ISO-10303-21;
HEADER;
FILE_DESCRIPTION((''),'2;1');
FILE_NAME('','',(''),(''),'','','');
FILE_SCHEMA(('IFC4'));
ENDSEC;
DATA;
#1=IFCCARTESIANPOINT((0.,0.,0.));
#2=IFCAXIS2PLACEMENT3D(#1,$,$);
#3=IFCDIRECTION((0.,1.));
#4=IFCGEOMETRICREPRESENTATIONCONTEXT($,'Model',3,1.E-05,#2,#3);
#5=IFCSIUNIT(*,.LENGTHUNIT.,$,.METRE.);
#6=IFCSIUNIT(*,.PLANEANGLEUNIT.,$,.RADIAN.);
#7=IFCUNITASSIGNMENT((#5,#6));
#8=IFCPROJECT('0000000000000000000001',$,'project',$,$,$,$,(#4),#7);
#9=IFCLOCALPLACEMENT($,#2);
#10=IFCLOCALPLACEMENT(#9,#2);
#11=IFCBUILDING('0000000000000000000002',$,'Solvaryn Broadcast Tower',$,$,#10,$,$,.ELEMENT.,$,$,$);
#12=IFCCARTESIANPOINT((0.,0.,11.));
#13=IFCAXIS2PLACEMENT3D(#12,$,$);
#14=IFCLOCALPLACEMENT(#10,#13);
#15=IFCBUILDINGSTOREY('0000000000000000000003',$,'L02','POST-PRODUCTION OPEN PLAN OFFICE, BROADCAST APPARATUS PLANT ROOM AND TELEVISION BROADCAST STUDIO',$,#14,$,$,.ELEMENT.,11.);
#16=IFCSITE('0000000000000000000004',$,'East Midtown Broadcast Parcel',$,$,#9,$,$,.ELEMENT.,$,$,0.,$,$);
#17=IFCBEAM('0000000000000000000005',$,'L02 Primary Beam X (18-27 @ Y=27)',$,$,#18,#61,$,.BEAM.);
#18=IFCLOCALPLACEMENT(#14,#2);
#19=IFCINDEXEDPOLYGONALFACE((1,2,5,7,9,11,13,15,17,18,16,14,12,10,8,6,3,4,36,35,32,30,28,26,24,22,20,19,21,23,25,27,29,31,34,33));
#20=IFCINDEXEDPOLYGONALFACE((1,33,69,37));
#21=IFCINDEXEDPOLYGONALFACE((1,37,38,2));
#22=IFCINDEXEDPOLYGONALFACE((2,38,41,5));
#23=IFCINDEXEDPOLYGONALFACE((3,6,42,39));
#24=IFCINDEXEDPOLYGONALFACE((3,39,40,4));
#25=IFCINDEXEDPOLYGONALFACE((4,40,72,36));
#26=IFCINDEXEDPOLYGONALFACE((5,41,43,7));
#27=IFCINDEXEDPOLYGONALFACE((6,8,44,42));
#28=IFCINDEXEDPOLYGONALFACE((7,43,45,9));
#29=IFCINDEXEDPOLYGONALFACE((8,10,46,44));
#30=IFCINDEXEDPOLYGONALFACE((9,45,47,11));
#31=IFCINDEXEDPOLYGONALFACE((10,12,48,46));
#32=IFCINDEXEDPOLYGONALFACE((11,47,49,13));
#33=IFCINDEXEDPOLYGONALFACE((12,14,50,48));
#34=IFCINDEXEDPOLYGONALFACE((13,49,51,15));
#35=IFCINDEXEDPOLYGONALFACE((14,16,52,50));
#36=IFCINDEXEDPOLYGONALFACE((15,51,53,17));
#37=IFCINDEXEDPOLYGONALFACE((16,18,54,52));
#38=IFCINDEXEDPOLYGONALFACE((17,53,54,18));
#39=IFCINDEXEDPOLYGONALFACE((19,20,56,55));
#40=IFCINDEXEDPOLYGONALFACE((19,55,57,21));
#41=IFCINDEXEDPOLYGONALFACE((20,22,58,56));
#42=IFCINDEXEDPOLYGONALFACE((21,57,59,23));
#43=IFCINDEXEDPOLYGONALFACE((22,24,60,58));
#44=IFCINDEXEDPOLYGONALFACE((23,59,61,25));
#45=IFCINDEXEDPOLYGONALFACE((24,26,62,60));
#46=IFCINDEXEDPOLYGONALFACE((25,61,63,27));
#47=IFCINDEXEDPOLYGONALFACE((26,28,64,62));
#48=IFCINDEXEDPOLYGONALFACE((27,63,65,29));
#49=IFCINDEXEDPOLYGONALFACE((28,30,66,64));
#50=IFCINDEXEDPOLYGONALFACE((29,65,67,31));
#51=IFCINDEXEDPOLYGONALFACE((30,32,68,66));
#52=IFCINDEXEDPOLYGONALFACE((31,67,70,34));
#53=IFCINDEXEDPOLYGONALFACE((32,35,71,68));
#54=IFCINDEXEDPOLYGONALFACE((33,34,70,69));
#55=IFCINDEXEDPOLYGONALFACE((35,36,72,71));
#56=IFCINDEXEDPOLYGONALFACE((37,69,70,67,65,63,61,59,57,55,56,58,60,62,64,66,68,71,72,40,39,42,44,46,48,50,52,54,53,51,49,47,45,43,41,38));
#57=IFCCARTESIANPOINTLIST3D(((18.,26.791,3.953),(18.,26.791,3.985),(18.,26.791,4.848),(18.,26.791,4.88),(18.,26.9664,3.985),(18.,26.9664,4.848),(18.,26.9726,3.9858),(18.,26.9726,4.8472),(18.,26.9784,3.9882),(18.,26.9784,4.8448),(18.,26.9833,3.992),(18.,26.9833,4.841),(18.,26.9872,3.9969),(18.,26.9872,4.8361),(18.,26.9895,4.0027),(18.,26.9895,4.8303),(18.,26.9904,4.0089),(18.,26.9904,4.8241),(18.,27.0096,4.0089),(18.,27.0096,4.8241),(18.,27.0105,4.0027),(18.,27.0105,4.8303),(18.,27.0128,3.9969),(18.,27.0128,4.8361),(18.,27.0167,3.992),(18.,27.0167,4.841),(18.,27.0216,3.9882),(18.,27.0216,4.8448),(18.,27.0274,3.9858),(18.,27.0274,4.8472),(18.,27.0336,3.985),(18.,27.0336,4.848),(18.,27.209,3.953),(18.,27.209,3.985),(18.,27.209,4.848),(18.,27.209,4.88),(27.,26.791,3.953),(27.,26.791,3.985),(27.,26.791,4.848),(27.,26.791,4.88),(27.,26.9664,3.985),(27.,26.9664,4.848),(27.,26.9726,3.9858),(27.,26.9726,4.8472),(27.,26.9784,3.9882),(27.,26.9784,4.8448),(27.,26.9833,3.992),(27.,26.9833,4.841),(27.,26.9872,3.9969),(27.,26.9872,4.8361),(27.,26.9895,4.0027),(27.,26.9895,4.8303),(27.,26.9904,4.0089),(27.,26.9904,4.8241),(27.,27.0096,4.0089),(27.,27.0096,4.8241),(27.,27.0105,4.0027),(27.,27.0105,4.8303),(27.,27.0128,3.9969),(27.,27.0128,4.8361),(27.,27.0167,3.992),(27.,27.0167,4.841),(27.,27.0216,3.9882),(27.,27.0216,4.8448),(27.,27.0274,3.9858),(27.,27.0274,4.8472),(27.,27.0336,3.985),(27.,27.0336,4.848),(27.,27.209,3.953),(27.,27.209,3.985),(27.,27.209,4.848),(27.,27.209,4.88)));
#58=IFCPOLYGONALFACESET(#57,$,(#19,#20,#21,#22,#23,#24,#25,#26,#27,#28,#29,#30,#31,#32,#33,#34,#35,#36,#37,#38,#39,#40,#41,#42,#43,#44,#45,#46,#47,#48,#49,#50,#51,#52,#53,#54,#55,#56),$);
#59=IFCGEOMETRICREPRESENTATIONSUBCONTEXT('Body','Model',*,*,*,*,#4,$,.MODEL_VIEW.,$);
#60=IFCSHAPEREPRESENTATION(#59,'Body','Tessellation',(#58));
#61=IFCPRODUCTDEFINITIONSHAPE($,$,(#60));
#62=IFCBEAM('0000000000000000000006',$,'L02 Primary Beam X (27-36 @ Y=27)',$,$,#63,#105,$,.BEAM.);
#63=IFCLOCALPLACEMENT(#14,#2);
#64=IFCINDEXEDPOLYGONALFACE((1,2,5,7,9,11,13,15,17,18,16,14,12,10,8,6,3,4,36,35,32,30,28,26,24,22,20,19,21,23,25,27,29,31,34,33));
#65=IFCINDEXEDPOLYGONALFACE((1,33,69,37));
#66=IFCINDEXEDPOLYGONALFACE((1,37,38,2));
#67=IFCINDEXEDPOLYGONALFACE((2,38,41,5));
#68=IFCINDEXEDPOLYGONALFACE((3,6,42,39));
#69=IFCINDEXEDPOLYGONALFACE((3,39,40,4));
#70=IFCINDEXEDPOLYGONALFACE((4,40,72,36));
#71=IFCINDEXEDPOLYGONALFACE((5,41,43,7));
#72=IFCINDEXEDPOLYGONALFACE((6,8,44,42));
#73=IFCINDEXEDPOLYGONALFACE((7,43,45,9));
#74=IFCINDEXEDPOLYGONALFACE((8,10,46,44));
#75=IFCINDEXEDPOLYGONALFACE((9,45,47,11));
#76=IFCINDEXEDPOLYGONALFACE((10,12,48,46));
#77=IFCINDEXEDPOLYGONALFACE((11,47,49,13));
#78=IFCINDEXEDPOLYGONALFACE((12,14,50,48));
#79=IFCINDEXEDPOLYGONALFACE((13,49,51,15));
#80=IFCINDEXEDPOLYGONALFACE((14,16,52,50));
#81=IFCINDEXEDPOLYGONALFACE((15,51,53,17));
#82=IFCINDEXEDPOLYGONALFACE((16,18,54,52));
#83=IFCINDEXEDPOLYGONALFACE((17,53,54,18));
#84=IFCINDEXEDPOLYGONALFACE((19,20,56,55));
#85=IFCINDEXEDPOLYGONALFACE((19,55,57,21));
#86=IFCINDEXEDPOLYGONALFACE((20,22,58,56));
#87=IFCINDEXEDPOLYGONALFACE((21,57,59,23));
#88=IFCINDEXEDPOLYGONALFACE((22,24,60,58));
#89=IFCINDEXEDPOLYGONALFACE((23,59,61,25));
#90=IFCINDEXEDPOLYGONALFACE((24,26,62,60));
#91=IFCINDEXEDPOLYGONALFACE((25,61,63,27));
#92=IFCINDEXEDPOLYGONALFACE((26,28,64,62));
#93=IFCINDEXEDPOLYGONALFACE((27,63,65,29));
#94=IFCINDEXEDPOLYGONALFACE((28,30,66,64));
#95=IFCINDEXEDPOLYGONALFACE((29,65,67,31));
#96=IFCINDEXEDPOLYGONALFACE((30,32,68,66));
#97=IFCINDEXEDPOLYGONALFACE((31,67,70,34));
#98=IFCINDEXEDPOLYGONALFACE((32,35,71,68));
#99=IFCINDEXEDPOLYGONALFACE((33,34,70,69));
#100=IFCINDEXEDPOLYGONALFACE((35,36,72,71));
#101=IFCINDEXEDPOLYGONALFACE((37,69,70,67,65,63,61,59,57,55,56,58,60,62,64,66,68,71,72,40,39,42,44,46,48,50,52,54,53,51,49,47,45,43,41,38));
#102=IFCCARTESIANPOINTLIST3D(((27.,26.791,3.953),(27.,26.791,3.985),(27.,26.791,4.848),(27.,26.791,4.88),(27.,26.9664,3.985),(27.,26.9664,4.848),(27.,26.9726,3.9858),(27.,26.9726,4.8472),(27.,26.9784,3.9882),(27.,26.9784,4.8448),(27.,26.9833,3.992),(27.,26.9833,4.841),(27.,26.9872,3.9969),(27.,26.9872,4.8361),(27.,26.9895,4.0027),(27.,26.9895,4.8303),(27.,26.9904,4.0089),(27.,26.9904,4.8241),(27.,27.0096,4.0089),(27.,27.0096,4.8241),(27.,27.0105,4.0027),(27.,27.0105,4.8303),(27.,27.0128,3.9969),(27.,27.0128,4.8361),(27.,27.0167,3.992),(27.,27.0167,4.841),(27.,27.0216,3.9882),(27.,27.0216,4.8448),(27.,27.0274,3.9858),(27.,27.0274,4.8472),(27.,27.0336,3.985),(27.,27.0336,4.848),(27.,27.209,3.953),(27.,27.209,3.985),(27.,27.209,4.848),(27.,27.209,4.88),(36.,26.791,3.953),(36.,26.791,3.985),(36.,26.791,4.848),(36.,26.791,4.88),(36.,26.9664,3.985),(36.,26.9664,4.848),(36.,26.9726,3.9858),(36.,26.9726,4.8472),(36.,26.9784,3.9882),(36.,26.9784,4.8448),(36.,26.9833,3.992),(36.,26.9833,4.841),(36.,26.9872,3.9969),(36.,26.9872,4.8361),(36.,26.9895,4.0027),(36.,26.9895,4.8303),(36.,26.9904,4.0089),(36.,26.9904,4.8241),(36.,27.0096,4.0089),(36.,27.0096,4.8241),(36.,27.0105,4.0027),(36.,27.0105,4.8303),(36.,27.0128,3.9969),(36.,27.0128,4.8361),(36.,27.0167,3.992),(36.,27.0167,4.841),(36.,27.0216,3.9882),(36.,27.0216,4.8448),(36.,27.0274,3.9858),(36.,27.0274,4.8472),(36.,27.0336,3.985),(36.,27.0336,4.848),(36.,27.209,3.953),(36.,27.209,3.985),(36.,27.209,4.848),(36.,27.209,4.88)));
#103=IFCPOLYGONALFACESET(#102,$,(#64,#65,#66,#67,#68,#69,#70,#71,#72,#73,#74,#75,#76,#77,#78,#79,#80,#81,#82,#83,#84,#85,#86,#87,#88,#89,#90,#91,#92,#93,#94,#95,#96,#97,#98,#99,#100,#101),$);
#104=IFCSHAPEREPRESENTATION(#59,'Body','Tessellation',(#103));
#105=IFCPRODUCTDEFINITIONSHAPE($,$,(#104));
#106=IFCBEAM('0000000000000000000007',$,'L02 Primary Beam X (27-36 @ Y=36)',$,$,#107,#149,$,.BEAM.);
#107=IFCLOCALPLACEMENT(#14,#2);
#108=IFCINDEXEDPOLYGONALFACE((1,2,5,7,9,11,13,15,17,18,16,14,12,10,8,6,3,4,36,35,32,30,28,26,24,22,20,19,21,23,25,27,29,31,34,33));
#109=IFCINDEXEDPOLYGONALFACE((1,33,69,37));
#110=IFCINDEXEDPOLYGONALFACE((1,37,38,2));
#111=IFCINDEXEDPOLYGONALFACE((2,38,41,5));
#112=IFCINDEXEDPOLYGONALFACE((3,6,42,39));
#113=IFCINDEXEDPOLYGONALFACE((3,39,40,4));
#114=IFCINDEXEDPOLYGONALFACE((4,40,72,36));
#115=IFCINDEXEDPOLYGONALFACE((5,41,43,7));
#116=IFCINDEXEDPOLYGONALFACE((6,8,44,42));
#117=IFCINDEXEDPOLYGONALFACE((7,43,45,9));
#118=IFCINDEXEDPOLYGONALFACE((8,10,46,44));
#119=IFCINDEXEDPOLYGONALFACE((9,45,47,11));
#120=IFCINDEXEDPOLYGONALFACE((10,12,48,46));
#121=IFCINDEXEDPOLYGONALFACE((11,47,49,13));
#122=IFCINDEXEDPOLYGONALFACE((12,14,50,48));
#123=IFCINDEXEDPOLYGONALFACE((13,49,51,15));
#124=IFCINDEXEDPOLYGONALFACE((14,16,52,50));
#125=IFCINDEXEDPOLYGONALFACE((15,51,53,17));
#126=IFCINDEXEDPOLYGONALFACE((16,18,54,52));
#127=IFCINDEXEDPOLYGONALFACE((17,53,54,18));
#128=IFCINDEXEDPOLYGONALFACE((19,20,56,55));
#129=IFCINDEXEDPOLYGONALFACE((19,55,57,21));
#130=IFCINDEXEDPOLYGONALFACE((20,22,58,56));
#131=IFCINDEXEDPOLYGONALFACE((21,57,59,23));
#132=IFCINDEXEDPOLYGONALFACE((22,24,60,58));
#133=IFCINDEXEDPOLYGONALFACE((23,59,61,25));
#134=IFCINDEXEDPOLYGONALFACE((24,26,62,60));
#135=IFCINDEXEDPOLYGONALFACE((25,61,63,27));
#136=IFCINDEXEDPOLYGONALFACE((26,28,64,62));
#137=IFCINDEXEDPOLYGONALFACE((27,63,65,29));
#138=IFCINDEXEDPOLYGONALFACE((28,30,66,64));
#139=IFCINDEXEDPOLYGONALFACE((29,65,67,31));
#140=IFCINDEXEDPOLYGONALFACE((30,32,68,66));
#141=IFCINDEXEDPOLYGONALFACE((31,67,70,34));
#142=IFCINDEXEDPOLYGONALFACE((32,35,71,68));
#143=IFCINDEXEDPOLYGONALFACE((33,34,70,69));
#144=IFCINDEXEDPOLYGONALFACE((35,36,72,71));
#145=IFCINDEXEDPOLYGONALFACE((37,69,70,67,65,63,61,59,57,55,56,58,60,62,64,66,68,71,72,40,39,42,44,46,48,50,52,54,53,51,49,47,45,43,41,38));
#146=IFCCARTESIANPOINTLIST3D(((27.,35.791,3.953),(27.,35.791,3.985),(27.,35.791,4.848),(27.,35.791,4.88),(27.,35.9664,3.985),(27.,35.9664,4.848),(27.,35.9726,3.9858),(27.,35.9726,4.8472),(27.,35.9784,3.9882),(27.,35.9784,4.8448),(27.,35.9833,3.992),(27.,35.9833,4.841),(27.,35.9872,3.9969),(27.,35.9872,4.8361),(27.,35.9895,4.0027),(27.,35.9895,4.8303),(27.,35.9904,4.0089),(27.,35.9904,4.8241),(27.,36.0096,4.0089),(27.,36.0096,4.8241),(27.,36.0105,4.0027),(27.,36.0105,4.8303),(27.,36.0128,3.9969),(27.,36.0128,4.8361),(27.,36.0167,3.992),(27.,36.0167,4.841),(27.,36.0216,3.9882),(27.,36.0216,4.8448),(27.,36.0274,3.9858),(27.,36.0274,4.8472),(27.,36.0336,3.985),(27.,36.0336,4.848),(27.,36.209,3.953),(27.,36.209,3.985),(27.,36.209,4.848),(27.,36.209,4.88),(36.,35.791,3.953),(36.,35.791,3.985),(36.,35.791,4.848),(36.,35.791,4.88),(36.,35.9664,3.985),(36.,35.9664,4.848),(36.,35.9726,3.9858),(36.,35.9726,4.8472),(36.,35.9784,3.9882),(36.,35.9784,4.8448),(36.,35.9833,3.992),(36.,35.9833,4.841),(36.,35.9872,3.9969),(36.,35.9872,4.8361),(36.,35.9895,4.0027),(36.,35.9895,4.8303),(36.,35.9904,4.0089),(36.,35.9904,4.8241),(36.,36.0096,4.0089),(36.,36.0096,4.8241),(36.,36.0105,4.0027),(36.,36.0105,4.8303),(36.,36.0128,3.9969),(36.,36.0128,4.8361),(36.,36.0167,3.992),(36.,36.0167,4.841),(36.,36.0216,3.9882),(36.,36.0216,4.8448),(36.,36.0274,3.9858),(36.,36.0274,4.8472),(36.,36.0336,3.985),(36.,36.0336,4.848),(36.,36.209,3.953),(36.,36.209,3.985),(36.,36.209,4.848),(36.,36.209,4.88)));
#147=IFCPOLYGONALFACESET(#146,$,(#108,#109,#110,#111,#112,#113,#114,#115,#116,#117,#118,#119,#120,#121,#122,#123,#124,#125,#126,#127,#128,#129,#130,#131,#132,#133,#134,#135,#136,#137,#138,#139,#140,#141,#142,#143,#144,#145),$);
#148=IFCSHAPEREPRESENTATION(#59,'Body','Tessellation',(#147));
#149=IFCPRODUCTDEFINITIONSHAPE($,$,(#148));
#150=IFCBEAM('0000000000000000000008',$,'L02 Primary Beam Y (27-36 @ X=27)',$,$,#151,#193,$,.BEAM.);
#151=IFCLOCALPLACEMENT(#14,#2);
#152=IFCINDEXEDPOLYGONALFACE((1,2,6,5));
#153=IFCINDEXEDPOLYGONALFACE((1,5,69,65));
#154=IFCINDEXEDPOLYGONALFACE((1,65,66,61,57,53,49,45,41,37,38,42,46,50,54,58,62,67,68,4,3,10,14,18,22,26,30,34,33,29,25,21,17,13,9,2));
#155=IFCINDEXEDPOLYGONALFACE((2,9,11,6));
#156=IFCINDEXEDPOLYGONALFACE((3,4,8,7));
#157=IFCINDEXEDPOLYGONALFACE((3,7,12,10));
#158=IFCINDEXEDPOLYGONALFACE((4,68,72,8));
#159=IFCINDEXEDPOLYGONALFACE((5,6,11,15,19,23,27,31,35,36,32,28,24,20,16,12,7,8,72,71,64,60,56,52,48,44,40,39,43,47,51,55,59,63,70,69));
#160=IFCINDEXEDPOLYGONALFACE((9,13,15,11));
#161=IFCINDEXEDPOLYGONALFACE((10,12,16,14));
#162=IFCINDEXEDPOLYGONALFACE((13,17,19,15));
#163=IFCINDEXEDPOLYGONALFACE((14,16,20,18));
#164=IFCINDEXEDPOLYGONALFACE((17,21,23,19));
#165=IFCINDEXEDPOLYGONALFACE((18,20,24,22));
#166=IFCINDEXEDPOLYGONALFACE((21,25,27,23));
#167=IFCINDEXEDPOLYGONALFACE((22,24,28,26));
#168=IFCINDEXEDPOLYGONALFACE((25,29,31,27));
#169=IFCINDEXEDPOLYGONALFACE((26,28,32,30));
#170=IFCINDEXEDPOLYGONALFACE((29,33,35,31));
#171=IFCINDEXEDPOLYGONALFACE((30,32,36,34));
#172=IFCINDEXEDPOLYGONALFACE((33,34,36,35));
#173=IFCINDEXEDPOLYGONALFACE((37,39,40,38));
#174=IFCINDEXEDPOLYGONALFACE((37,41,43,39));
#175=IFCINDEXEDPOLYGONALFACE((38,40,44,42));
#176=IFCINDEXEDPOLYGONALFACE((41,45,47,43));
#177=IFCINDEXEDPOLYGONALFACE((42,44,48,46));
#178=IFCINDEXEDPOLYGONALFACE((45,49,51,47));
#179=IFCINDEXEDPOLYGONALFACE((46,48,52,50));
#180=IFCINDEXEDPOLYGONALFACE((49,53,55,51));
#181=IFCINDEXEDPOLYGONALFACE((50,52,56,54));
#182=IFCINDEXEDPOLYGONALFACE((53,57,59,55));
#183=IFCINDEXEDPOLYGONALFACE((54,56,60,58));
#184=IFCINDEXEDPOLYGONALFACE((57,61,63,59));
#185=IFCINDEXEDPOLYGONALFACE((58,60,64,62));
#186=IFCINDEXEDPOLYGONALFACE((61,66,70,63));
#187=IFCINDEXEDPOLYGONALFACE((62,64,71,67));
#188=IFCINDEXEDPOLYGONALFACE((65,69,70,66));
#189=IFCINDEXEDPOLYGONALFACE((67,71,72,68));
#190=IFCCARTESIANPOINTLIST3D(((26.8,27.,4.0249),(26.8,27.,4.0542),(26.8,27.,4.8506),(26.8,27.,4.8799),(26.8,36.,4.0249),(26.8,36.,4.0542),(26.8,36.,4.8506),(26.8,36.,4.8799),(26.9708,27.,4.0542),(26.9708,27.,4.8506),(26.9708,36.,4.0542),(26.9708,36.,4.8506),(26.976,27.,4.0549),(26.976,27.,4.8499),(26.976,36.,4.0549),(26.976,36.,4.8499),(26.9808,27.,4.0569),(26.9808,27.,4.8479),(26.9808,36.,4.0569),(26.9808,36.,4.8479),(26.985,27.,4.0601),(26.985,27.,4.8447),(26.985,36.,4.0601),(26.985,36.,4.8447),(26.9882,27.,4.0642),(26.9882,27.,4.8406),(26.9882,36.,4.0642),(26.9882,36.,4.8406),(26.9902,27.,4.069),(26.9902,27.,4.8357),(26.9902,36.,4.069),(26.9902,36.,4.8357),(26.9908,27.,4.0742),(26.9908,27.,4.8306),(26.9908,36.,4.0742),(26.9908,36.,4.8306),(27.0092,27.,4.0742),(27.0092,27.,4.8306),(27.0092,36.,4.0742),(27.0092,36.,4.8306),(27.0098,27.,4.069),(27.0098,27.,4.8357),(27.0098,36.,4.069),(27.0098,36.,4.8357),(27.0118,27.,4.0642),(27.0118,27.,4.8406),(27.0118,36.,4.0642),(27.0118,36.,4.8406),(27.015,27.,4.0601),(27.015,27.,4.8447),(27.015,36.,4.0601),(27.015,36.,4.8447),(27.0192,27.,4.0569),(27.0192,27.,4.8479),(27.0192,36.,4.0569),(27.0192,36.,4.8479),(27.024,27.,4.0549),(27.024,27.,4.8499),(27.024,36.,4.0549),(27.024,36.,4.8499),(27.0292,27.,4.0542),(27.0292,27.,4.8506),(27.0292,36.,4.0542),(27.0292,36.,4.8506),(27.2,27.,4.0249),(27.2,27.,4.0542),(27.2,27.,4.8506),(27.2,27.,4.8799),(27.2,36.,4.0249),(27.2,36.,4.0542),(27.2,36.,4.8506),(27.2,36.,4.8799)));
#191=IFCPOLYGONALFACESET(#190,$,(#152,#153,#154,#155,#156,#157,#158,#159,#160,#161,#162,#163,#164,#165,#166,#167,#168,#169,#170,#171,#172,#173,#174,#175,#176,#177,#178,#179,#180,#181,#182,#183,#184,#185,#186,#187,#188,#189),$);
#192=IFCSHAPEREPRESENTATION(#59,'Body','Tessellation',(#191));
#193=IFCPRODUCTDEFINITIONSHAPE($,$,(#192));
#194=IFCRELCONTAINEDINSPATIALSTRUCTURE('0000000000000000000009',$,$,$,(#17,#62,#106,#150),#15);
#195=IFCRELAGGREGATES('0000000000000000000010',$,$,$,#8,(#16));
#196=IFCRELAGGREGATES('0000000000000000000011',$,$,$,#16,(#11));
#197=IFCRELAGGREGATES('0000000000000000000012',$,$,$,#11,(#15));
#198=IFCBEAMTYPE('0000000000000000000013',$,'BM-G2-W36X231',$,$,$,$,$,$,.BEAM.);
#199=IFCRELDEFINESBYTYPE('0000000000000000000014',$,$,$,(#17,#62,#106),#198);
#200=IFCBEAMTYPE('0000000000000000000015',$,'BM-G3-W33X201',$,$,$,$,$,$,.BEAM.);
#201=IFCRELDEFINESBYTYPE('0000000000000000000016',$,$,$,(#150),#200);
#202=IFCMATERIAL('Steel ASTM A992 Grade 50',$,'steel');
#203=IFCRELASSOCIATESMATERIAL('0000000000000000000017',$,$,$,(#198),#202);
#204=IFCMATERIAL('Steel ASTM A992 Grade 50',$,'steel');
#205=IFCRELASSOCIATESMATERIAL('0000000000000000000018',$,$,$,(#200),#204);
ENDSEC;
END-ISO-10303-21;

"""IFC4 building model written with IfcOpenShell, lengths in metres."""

from ifc_helpers import new_model, si_unit, direction, frame, origin, origin_2d, place, context, subcontext, project, spatial, i_section, extrude, material, material_profile, profile_set, type_object, element, save


model = new_model("IFC4")

# Units and contexts
model_context = context("Model", 3, precision=1e-05, world=origin(), true_north=direction((0.0, 1.0)))
body_context = subcontext(model_context, "Body", "Model", "MODEL_VIEW")
ifc_project = project(units=[si_unit("LENGTHUNIT", "METRE"), si_unit("PLANEANGLEUNIT", "RADIAN")], contexts=[model_context])

# Site, building, storey
site_placement = place(None, origin())
site = spatial("IfcSite", under=ifc_project, at=site_placement, Name="East Midtown Broadcast Parcel", CompositionType="ELEMENT", RefElevation=0.0)
building_placement = place(site_placement, origin())
building = spatial("IfcBuilding", under=site, at=building_placement, Name="Solvaryn Broadcast Tower", CompositionType="ELEMENT")
storey_placement = place(building_placement, frame((0.0, 0.0, 11.0)))
storey = spatial("IfcBuildingStorey", under=building, at=storey_placement, Name="L02", Description="POST-PRODUCTION OPEN PLAN OFFICE, BROADCAST APPARATUS PLANT ROOM AND TELEVISION BROADCAST STUDIO", CompositionType="ELEMENT", Elevation=11.0)

# Beams
ifc_material_1 = material(Name="Steel ASTM A992 Grade 50", Category="steel")
ifc_material_profile_1 = material_profile(ifc_material_1, i_section(OverallWidth=0.418, OverallDepth=0.927, WebThickness=0.0193, FlangeThickness=0.032, FilletRadius=0.0239, at=origin_2d()))
ifc_profile_set_1 = profile_set([ifc_material_profile_1], Name="Steel ASTM A992 Grade 50")
beam_type_1 = type_object("IfcBeamType", Name="BM-G2-W36X231", PredefinedType="BEAM", material=ifc_profile_set_1)
for number, where, z_axis, x_axis, name in (
    (1, (18.0, 27.0, 4.4165), (1.0, 0.0, 0.0), (0.0, 1.0, 0.0), "L02 Primary Beam X (18-27 @ Y=27)"),
    (2, (27.0, 27.0, 4.4165), (1.0, 0.0, 0.0), (0.0, 1.0, 0.0), "L02 Primary Beam X (27-36 @ Y=27)"),
    (3, (27.0, 36.0, 4.4165), (1.0, 0.0, 0.0), (0.0, 1.0, 0.0), "L02 Primary Beam X (27-36 @ Y=36)"),
):
    element("IfcBeam", number, at=place(storey_placement, frame(where, z_axis=z_axis, x_axis=x_axis)), inside=storey, type_object=beam_type_1, Name=name, PredefinedType="BEAM", context=body_context, shape_type="SweptSolid", body=[
        extrude(i_section(OverallWidth=0.418, OverallDepth=0.927, WebThickness=0.0193, FlangeThickness=0.032, FilletRadius=0.0239, at=origin_2d()), origin(), (0.0, 0.0, 1.0), 9.0),
    ])
ifc_material_2 = material(Name="Steel ASTM A992 Grade 50", Category="steel")
ifc_material_profile_2 = material_profile(ifc_material_2, i_section(OverallWidth=0.3999, OverallDepth=0.855, WebThickness=0.0183, FlangeThickness=0.0293, FilletRadius=0.02, at=origin_2d()))
ifc_profile_set_2 = profile_set([ifc_material_profile_2], Name="Steel ASTM A992 Grade 50")
beam_type_2 = type_object("IfcBeamType", Name="BM-G3-W33X201", PredefinedType="BEAM", material=ifc_profile_set_2)
for number, where, z_axis, x_axis, name in (
    (4, (27.0, 27.0, 4.4524), (0.0, 1.0, 0.0), (-1.0, 0.0, 0.0), "L02 Primary Beam Y (27-36 @ X=27)"),
):
    element("IfcBeam", number, at=place(storey_placement, frame(where, z_axis=z_axis, x_axis=x_axis)), inside=storey, type_object=beam_type_2, Name=name, PredefinedType="BEAM", context=body_context, shape_type="SweptSolid", body=[
        extrude(i_section(OverallWidth=0.3999, OverallDepth=0.855, WebThickness=0.0183, FlangeThickness=0.0293, FilletRadius=0.02, at=origin_2d()), origin(), (0.0, 0.0, 1.0), 9.0),
    ])

save(model, "model.ifc")
